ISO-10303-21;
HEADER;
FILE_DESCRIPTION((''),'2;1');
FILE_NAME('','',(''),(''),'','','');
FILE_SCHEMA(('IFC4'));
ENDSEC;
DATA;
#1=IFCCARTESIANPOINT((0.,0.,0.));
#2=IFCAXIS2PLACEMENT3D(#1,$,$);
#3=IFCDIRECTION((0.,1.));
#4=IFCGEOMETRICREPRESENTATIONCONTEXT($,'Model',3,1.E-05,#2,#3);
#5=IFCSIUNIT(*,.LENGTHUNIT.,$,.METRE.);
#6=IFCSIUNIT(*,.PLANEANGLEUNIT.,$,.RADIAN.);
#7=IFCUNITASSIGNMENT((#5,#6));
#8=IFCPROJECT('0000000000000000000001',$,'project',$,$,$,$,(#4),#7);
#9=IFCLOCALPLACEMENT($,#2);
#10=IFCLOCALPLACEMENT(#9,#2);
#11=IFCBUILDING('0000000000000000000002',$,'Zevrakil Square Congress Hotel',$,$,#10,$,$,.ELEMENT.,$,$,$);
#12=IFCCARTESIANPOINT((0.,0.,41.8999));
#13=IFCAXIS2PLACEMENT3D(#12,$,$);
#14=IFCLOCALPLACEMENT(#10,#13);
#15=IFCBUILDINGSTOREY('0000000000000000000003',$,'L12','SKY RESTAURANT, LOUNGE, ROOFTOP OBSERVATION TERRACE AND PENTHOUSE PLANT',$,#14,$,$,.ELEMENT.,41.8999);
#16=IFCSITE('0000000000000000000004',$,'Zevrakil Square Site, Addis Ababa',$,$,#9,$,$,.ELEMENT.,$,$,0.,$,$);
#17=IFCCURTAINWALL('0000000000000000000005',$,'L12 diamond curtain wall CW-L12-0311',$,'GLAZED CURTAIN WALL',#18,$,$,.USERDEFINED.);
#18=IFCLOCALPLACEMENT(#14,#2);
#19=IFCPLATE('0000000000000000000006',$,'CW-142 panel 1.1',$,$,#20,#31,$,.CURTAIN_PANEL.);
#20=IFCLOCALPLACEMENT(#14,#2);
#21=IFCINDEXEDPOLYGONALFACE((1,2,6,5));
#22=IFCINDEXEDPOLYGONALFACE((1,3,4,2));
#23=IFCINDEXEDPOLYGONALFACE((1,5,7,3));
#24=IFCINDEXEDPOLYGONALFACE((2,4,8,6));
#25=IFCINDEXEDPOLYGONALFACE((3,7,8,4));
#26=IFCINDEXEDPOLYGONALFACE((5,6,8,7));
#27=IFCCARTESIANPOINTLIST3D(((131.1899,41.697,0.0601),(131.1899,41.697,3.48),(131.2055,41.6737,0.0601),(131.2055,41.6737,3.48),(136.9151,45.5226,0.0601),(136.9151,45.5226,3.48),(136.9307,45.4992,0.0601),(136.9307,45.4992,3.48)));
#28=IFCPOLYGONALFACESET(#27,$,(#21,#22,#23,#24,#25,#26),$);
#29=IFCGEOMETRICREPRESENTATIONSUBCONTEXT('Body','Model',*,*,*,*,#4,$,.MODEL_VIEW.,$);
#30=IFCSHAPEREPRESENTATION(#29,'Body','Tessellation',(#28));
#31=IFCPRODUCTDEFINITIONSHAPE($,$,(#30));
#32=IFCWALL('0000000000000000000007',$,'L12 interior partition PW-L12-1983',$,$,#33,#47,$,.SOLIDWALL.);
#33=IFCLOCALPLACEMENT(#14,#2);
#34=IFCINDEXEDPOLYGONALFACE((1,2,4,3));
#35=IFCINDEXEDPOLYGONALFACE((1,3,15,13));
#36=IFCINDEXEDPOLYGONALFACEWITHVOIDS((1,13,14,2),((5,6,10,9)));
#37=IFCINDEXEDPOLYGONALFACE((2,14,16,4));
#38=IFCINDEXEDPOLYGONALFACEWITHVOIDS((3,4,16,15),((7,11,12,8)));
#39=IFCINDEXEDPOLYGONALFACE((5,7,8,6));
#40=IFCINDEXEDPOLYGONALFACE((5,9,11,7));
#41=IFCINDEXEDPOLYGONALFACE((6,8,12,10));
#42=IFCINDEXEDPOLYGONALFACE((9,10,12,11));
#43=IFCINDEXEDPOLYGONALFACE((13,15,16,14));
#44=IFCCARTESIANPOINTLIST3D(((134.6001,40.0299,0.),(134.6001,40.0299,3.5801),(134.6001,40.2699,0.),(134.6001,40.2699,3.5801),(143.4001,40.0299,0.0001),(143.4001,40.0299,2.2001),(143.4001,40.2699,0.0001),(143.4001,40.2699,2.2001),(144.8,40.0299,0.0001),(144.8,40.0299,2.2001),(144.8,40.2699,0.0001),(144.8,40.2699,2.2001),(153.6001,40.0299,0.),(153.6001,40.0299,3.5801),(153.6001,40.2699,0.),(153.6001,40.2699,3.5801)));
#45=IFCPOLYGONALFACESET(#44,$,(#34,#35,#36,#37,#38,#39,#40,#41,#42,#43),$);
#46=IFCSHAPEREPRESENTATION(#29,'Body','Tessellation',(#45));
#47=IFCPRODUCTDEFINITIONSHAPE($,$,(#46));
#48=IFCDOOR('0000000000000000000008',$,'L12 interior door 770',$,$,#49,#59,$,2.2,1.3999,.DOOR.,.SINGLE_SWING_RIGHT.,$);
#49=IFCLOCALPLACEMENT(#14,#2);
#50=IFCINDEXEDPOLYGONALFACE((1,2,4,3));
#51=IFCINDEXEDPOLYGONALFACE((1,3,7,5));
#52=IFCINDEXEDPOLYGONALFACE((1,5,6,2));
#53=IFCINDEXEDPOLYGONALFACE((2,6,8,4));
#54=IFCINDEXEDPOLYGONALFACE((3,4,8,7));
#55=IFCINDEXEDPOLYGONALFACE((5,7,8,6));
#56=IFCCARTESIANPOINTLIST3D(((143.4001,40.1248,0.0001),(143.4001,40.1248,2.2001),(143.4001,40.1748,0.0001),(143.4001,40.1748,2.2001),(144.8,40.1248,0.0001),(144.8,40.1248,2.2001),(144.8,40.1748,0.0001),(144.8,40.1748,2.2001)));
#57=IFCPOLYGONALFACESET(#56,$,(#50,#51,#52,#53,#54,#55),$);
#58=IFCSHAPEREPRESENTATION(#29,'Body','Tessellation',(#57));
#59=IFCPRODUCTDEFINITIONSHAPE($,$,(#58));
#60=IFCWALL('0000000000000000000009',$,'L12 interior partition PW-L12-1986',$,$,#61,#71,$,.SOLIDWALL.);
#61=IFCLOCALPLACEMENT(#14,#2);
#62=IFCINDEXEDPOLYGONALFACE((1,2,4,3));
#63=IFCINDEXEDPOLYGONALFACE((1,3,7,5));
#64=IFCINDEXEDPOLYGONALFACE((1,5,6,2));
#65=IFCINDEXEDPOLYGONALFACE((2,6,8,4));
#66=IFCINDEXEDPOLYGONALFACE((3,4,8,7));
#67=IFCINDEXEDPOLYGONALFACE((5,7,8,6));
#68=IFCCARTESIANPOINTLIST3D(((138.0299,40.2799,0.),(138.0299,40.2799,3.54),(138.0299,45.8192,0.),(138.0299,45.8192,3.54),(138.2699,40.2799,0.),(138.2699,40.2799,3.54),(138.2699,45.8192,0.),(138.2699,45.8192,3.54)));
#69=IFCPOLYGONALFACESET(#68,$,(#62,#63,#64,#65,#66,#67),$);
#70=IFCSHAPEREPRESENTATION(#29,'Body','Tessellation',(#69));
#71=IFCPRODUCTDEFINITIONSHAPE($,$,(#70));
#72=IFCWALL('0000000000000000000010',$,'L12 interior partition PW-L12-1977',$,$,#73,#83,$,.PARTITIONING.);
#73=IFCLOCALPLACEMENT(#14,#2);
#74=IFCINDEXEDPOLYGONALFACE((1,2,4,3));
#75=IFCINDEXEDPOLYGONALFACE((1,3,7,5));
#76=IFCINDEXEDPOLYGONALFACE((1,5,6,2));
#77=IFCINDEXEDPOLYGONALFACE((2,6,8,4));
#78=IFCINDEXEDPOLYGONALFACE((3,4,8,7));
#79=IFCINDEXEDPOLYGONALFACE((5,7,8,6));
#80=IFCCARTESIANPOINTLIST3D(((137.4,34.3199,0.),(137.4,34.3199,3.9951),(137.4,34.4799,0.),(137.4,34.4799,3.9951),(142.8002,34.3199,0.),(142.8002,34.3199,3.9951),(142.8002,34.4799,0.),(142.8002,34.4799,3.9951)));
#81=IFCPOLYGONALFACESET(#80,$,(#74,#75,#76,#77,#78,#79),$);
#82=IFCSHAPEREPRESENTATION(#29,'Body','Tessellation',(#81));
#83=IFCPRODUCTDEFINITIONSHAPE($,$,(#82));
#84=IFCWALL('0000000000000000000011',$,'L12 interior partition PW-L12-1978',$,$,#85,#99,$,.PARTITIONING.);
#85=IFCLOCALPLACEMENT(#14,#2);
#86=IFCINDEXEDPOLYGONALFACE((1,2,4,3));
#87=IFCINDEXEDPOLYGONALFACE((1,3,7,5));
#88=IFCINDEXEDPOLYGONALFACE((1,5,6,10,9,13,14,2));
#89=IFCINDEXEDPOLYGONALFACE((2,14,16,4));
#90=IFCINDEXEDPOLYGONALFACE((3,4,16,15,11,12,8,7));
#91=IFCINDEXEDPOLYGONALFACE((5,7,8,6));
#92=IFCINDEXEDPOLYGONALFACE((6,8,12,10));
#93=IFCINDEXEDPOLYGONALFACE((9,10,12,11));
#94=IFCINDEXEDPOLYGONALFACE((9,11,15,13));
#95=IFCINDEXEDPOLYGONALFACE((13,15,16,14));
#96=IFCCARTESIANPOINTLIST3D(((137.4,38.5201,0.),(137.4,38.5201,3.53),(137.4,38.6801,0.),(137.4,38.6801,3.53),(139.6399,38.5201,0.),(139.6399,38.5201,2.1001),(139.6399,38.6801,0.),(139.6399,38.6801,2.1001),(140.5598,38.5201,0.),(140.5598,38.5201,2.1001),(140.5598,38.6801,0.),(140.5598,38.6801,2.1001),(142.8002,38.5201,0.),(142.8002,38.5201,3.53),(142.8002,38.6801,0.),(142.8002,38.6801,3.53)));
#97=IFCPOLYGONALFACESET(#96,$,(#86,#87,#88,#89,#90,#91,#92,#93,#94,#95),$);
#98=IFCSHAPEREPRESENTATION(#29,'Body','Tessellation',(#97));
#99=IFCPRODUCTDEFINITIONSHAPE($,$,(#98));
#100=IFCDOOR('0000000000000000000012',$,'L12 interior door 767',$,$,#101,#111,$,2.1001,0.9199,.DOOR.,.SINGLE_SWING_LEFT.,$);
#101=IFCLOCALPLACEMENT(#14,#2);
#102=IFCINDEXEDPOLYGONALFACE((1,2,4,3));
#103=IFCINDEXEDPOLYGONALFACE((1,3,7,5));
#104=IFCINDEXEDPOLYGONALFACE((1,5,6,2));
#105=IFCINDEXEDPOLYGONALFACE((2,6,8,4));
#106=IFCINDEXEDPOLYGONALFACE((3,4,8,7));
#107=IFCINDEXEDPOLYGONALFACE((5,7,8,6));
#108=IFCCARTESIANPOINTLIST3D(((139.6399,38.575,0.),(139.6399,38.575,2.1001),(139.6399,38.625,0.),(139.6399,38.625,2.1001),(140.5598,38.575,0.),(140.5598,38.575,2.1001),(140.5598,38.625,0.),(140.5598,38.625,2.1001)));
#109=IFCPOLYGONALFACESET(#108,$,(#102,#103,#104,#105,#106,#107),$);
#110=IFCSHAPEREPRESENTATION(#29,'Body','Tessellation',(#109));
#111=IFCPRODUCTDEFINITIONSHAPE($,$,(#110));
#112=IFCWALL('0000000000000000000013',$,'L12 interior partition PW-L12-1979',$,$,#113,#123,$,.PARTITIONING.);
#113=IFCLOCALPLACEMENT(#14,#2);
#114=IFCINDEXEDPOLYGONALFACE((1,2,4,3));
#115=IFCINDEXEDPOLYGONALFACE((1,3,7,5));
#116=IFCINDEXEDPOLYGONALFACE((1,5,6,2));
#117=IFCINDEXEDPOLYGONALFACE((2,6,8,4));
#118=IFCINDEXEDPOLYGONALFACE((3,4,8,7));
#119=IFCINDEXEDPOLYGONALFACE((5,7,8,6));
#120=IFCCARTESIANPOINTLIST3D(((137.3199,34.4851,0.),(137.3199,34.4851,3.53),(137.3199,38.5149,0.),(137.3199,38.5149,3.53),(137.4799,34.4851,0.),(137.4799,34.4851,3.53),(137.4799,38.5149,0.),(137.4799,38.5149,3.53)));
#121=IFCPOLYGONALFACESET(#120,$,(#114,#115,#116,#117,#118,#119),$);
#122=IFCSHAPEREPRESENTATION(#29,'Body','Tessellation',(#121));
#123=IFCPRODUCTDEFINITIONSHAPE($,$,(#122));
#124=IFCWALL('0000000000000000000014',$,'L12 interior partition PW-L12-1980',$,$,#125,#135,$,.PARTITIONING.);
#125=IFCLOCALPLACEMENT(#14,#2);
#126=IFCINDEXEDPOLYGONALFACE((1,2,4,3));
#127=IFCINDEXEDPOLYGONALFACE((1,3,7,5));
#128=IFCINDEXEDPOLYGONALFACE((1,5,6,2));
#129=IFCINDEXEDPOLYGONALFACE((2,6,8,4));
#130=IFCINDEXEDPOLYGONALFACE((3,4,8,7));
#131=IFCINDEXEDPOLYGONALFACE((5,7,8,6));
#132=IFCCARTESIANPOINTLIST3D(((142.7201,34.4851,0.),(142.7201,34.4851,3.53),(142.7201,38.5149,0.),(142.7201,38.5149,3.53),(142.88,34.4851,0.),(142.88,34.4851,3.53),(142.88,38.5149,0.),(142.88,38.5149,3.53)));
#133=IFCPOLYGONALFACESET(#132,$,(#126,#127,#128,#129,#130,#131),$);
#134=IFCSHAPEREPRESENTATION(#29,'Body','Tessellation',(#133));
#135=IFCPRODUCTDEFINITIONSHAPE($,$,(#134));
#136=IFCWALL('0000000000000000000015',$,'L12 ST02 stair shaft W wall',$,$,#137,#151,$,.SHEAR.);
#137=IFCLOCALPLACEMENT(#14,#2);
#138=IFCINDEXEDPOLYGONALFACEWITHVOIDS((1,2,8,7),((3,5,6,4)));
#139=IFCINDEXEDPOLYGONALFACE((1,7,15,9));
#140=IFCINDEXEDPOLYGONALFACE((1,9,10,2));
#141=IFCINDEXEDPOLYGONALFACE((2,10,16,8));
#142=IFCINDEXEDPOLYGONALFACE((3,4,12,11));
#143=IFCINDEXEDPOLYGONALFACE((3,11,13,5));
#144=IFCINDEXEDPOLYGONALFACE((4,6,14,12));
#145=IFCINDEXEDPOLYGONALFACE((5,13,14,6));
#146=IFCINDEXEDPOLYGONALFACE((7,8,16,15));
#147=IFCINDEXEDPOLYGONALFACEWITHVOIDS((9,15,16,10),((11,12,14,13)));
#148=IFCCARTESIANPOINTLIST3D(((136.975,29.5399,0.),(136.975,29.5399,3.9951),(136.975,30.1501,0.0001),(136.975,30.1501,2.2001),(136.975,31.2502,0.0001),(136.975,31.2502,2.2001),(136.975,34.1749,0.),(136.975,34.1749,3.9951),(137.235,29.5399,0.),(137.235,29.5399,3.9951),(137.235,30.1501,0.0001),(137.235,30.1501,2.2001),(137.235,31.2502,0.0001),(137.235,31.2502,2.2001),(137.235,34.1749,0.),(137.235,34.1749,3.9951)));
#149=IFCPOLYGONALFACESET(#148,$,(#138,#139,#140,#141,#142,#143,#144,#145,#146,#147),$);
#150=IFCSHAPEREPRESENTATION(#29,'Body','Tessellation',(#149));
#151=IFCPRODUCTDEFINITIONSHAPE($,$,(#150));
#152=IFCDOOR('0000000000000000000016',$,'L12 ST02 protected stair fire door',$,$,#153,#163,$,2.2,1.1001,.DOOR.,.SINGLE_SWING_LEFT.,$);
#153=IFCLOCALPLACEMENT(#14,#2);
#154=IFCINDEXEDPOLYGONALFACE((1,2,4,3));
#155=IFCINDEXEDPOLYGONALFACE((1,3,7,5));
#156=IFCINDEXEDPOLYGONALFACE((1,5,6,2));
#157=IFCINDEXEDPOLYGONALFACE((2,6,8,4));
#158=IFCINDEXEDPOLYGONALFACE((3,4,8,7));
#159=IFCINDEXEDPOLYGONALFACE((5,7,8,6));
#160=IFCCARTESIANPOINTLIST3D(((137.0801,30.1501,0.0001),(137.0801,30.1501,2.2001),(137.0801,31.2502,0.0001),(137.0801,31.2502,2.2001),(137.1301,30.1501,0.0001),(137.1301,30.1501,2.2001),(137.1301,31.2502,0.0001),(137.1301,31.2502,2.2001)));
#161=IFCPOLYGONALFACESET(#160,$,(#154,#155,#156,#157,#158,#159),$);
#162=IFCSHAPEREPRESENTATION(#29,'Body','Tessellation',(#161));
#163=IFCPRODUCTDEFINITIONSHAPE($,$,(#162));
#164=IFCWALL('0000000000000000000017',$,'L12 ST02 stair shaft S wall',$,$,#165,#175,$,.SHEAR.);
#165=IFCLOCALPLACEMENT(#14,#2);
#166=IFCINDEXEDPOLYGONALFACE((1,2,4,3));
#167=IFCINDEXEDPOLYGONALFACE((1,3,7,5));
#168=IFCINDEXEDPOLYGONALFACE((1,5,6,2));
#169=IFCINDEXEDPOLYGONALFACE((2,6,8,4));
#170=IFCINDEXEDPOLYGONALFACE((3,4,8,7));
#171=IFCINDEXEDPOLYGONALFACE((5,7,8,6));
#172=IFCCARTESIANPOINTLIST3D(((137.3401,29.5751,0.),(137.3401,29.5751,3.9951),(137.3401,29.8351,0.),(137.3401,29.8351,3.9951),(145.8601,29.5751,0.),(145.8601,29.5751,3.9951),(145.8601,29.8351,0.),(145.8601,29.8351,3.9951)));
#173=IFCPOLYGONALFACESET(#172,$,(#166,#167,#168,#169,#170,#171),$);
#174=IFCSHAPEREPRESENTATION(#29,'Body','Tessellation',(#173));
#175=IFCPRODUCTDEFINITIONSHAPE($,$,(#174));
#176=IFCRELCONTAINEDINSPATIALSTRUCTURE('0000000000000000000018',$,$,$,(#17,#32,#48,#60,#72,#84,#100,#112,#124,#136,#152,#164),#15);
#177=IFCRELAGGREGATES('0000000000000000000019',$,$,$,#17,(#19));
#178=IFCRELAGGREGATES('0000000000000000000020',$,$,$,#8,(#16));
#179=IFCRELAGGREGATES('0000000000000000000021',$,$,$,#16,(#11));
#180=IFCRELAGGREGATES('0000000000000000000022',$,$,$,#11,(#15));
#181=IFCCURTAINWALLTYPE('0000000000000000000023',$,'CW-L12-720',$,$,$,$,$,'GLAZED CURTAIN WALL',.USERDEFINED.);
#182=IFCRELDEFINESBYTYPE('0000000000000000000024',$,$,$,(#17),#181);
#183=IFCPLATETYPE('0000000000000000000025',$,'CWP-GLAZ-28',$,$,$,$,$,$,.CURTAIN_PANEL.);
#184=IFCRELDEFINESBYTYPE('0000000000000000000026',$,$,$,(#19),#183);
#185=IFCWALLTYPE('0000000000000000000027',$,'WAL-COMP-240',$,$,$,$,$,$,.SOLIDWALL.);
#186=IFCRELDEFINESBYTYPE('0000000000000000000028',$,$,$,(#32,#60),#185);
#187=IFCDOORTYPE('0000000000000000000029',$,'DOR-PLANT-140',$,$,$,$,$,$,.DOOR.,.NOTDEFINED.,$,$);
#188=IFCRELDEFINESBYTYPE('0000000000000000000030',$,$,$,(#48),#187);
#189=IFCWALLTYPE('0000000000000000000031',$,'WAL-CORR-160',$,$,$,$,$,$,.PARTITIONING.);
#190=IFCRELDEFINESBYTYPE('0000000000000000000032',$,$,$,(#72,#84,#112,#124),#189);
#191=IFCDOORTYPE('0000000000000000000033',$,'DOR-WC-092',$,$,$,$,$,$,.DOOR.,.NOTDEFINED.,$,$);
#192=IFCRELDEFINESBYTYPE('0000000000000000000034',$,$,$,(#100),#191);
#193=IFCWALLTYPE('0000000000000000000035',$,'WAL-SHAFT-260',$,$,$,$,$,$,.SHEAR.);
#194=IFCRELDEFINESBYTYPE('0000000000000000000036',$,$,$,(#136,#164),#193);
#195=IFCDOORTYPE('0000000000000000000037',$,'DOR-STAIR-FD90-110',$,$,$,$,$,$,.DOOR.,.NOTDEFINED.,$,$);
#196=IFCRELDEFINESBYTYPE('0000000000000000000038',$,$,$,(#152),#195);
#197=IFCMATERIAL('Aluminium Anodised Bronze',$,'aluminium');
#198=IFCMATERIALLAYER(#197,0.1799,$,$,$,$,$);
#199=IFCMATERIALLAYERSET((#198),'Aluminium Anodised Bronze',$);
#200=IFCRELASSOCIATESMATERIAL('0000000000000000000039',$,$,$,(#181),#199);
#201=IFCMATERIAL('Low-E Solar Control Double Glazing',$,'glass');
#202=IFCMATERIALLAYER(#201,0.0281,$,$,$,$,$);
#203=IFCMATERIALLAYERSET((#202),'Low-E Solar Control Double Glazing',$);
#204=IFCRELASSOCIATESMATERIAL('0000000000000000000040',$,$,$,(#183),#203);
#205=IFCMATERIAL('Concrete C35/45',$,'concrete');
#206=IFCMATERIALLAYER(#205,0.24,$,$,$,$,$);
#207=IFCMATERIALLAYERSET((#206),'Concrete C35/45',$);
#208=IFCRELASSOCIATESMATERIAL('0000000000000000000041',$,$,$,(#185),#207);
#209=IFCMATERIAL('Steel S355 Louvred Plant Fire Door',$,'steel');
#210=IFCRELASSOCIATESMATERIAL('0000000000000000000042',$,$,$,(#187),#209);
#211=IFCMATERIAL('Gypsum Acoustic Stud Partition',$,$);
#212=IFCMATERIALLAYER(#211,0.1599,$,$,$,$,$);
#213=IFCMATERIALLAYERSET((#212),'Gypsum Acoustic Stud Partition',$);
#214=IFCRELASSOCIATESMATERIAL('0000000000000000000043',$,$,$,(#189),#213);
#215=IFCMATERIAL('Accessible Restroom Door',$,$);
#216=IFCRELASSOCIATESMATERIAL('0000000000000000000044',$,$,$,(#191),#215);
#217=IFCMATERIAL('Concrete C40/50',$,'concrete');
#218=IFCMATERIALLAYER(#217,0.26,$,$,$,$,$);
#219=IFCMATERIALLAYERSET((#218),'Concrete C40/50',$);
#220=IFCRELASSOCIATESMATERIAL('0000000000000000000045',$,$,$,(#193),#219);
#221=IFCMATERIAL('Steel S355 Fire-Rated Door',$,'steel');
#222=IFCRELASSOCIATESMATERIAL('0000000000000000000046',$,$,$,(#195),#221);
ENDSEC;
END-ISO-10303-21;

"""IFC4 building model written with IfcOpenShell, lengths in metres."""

from ifc_helpers import new_model, si_unit, direction, frame, frame_2d, origin, origin_2d, place, context, subcontext, project, spatial, rectangle, extrude, material, layer, layer_set, type_object, element, fill, aggregate, save


model = new_model("IFC4")

# Units and contexts
model_context = context("Model", 3, precision=1e-05, world=origin(), true_north=direction((0.0, 1.0)))
body_context = subcontext(model_context, "Body", "Model", "MODEL_VIEW")
ifc_project = project(units=[si_unit("LENGTHUNIT", "METRE"), si_unit("PLANEANGLEUNIT", "RADIAN")], contexts=[model_context])

# Site, building, storey
site_placement = place(None, origin())
site = spatial("IfcSite", under=ifc_project, at=site_placement, Name="Zevrakil Square Site, Addis Ababa", CompositionType="ELEMENT", RefElevation=0.0)
building_placement = place(site_placement, origin())
building = spatial("IfcBuilding", under=site, at=building_placement, Name="Zevrakil Square Congress Hotel", CompositionType="ELEMENT")
storey_placement = place(building_placement, frame((0.0, 0.0, 41.8999)))
storey = spatial("IfcBuildingStorey", under=building, at=storey_placement, Name="L12", Description="SKY RESTAURANT, LOUNGE, ROOFTOP OBSERVATION TERRACE AND PENTHOUSE PLANT", CompositionType="ELEMENT", Elevation=41.8999)

# Curtain wall
ifc_material_1 = material(Name="Aluminium Anodised Bronze", Category="aluminium")
ifc_layer_1 = layer(ifc_material_1, 0.1799)
ifc_layer_set_1 = layer_set([ifc_layer_1], Name="Aluminium Anodised Bronze")
curtain_wall_type = type_object("IfcCurtainWallType", Name="CW-L12-720", ElementType="GLAZED CURTAIN WALL", PredefinedType="USERDEFINED", material=ifc_layer_set_1)
curtain_wall_1_placement = place(storey_placement, origin())
curtain_wall_1 = element("IfcCurtainWall", 1, at=curtain_wall_1_placement, inside=storey, type_object=curtain_wall_type, Name="L12 diamond curtain wall CW-L12-0311", ObjectType="GLAZED CURTAIN WALL", PredefinedType="USERDEFINED")

# Plate
ifc_material_2 = material(Name="Low-E Solar Control Double Glazing", Category="glass")
ifc_layer_2 = layer(ifc_material_2, 0.0281)
ifc_layer_set_2 = layer_set([ifc_layer_2], Name="Low-E Solar Control Double Glazing")
plate_type = type_object("IfcPlateType", Name="CWP-GLAZ-28", PredefinedType="CURTAIN_PANEL", material=ifc_layer_set_2)
plate_placement = place(storey_placement, frame((134.0603, 43.5981, 0.0601), z_axis=(0.0, 0.0, 1.0), x_axis=(-0.831466, -0.555576, 0.0)))
plate = element("IfcPlate", 2, at=plate_placement, type_object=plate_type, Name="CW-142 panel 1.1", PredefinedType="CURTAIN_PANEL", context=body_context, shape_type="SweptSolid", body=[
    extrude(rectangle(XDim=6.8857, YDim=0.0281, at=origin_2d()), origin(), (0.0, 0.0, 1.0), 3.4199),
])
aggregate(curtain_wall_1, [plate])

# Wall, opening, door
ifc_material_3 = material(Name="Concrete C35/45", Category="concrete")
ifc_layer_3 = layer(ifc_material_3, 0.24)
ifc_layer_set_3 = layer_set([ifc_layer_3], Name="Concrete C35/45")
wall_type_1 = type_object("IfcWallType", Name="WAL-COMP-240", PredefinedType="SOLIDWALL", material=ifc_layer_set_3)
wall_1_placement = place(storey_placement, frame((134.6001, 40.1499, 0.0), z_axis=(0.0, 0.0, 1.0), x_axis=(1.0, 0.0, 0.0)))
wall_1 = element("IfcWall", 3, at=wall_1_placement, inside=storey, type_object=wall_type_1, Name="L12 interior partition PW-L12-1983", PredefinedType="SOLIDWALL", context=body_context, shape_type="SweptSolid", body=[
    extrude(rectangle(XDim=19.0, YDim=0.24, at=frame_2d((9.5, 0.0))), origin(), (0.0, 0.0, 1.0), 3.5801),
])
opening_1_placement = place(wall_1_placement, frame((8.8, 0.0, 0.0)))
opening_1 = element("IfcOpeningElement", 4, at=opening_1_placement, cuts=wall_1, PredefinedType="OPENING", context=body_context, shape_type="SweptSolid", body=[
    extrude(rectangle(XDim=1.3999, YDim=2.2, at=frame_2d((0.7, 1.1001))), frame((0.0, 0.1299, 0.0), z_axis=(0.0, -1.0, 0.0), x_axis=(1.0, 0.0, 0.0)), (0.0, 0.0, 1.0), 0.26),
])
ifc_material_4 = material(Name="Steel S355 Louvred Plant Fire Door", Category="steel")
door_type_1 = type_object("IfcDoorType", Name="DOR-PLANT-140", OperationType="NOTDEFINED", PredefinedType="DOOR", material=ifc_material_4)
door_1_placement = place(opening_1_placement, origin())
door_1 = element("IfcDoor", 5, at=door_1_placement, inside=storey, type_object=door_type_1, Name="L12 interior door 770", OperationType="SINGLE_SWING_RIGHT", OverallHeight=2.2, OverallWidth=1.3999, PredefinedType="DOOR", context=body_context, shape_type="SweptSolid", body=[
    extrude(rectangle(XDim=1.3999, YDim=2.2, at=frame_2d((0.7, 1.1001))), frame((0.0, 0.0249, 0.0), z_axis=(0.0, -1.0, 0.0), x_axis=(1.0, 0.0, 0.0)), (0.0, 0.0, 1.0), 0.05),
])
fill(opening_1, door_1)

# Walls
wall_2_placement = place(storey_placement, frame((138.1499, 40.28, 0.0), z_axis=(0.0, 0.0, 1.0), x_axis=(0.0, 1.0, 0.0)))
element("IfcWall", 6, at=wall_2_placement, inside=storey, type_object=wall_type_1, Name="L12 interior partition PW-L12-1986", PredefinedType="SOLIDWALL", context=body_context, shape_type="SweptSolid", body=[
    extrude(rectangle(XDim=5.5393, YDim=0.24, at=frame_2d((2.7695, 0.0))), origin(), (0.0, 0.0, 1.0), 3.54),
])
ifc_material_5 = material(Name="Gypsum Acoustic Stud Partition")
ifc_layer_4 = layer(ifc_material_5, 0.1599)
ifc_layer_set_4 = layer_set([ifc_layer_4], Name="Gypsum Acoustic Stud Partition")
wall_type_2 = type_object("IfcWallType", Name="WAL-CORR-160", PredefinedType="PARTITIONING", material=ifc_layer_set_4)
wall_3_placement = place(storey_placement, frame((137.3999, 34.3999, 0.0), z_axis=(0.0, 0.0, 1.0), x_axis=(1.0, 0.0, 0.0)))
element("IfcWall", 7, at=wall_3_placement, inside=storey, type_object=wall_type_2, Name="L12 interior partition PW-L12-1977", PredefinedType="PARTITIONING", context=body_context, shape_type="SweptSolid", body=[
    extrude(rectangle(XDim=5.4001, YDim=0.1599, at=frame_2d((2.7002, 0.0))), origin(), (0.0, 0.0, 1.0), 3.9951),
])

# Wall, opening, door
wall_4_placement = place(storey_placement, frame((137.3999, 38.6001, 0.0), z_axis=(0.0, 0.0, 1.0), x_axis=(1.0, 0.0, 0.0)))
wall_4 = element("IfcWall", 8, at=wall_4_placement, inside=storey, type_object=wall_type_2, Name="L12 interior partition PW-L12-1978", PredefinedType="PARTITIONING", context=body_context, shape_type="SweptSolid", body=[
    extrude(rectangle(XDim=5.4001, YDim=0.1599, at=frame_2d((2.7002, 0.0))), origin(), (0.0, 0.0, 1.0), 3.53),
])
opening_2_placement = place(wall_4_placement, frame((2.24, 0.0, 0.0)))
opening_2 = element("IfcOpeningElement", 9, at=opening_2_placement, cuts=wall_4, PredefinedType="OPENING", context=body_context, shape_type="SweptSolid", body=[
    extrude(rectangle(XDim=0.9199, YDim=2.1001, at=frame_2d((0.46, 1.05))), frame((0.0, 0.0898, 0.0), z_axis=(0.0, -1.0, 0.0), x_axis=(1.0, 0.0, 0.0)), (0.0, 0.0, 1.0), 0.1799),
])
ifc_material_6 = material(Name="Accessible Restroom Door")
door_type_2 = type_object("IfcDoorType", Name="DOR-WC-092", OperationType="NOTDEFINED", PredefinedType="DOOR", material=ifc_material_6)
door_2_placement = place(opening_2_placement, origin())
door_2 = element("IfcDoor", 10, at=door_2_placement, inside=storey, type_object=door_type_2, Name="L12 interior door 767", OperationType="SINGLE_SWING_LEFT", OverallHeight=2.1001, OverallWidth=0.9199, PredefinedType="DOOR", context=body_context, shape_type="SweptSolid", body=[
    extrude(rectangle(XDim=0.9199, YDim=2.1001, at=frame_2d((0.46, 1.05))), frame((0.0, 0.0249, 0.0), z_axis=(0.0, -1.0, 0.0), x_axis=(1.0, 0.0, 0.0)), (0.0, 0.0, 1.0), 0.05),
])
fill(opening_2, door_2)

# Walls
for number, where, z_axis, x_axis, name in (
    (11, (137.3999, 34.4851, 0.0), (0.0, 0.0, 1.0), (0.0, 1.0, 0.0), "L12 interior partition PW-L12-1979"),
    (12, (142.8, 34.4851, 0.0), (0.0, 0.0, 1.0), (0.0, 1.0, 0.0), "L12 interior partition PW-L12-1980"),
):
    element("IfcWall", number, at=place(storey_placement, frame(where, z_axis=z_axis, x_axis=x_axis)), inside=storey, type_object=wall_type_2, Name=name, PredefinedType="PARTITIONING", context=body_context, shape_type="SweptSolid", body=[
        extrude(rectangle(XDim=4.0298, YDim=0.1599, at=frame_2d((2.0149, 0.0))), origin(), (0.0, 0.0, 1.0), 3.53),
    ])

# Wall, opening, door
ifc_material_7 = material(Name="Concrete C40/50", Category="concrete")
ifc_layer_5 = layer(ifc_material_7, 0.26)
ifc_layer_set_5 = layer_set([ifc_layer_5], Name="Concrete C40/50")
wall_type_3 = type_object("IfcWallType", Name="WAL-SHAFT-260", PredefinedType="SHEAR", material=ifc_layer_set_5)
wall_5_placement = place(storey_placement, frame((137.105, 29.54, 0.0), z_axis=(0.0, 0.0, 1.0), x_axis=(0.0, 1.0, 0.0)))
wall_5 = element("IfcWall", 13, at=wall_5_placement, inside=storey, type_object=wall_type_3, Name="L12 ST02 stair shaft W wall", PredefinedType="SHEAR", context=body_context, shape_type="SweptSolid", body=[
    extrude(rectangle(XDim=4.635, YDim=0.26, at=frame_2d((2.3174, 0.0))), origin(), (0.0, 0.0, 1.0), 3.9951),
])
opening_3_placement = place(wall_5_placement, frame((0.6101, 0.0, 0.0)))
opening_3 = element("IfcOpeningElement", 14, at=opening_3_placement, cuts=wall_5, PredefinedType="OPENING", context=body_context, shape_type="SweptSolid", body=[
    extrude(rectangle(XDim=1.1001, YDim=2.2, at=frame_2d((0.55, 1.1001))), frame((0.0, 0.1401, 0.0), z_axis=(0.0, -1.0, 0.0), x_axis=(1.0, 0.0, 0.0)), (0.0, 0.0, 1.0), 0.28),
])
ifc_material_8 = material(Name="Steel S355 Fire-Rated Door", Category="steel")
door_type_3 = type_object("IfcDoorType", Name="DOR-STAIR-FD90-110", OperationType="NOTDEFINED", PredefinedType="DOOR", material=ifc_material_8)
door_3_placement = place(opening_3_placement, origin())
door_3 = element("IfcDoor", 15, at=door_3_placement, inside=storey, type_object=door_type_3, Name="L12 ST02 protected stair fire door", OperationType="SINGLE_SWING_LEFT", OverallHeight=2.2, OverallWidth=1.1001, PredefinedType="DOOR", context=body_context, shape_type="SweptSolid", body=[
    extrude(rectangle(XDim=1.1001, YDim=2.2, at=frame_2d((0.55, 1.1001))), frame((0.0, 0.0249, 0.0), z_axis=(0.0, -1.0, 0.0), x_axis=(1.0, 0.0, 0.0)), (0.0, 0.0, 1.0), 0.05),
])
fill(opening_3, door_3)

# Wall
for number, where, z_axis, x_axis, name in (
    (16, (137.3401, 29.7051, 0.0), (0.0, 0.0, 1.0), (1.0, 0.0, 0.0), "L12 ST02 stair shaft S wall"),
):
    element("IfcWall", number, at=place(storey_placement, frame(where, z_axis=z_axis, x_axis=x_axis)), inside=storey, type_object=wall_type_3, Name=name, PredefinedType="SHEAR", context=body_context, shape_type="SweptSolid", body=[
        extrude(rectangle(XDim=8.52, YDim=0.26, at=frame_2d((4.26, 0.0))), origin(), (0.0, 0.0, 1.0), 3.9951),
    ])

save(model, "model.ifc")
